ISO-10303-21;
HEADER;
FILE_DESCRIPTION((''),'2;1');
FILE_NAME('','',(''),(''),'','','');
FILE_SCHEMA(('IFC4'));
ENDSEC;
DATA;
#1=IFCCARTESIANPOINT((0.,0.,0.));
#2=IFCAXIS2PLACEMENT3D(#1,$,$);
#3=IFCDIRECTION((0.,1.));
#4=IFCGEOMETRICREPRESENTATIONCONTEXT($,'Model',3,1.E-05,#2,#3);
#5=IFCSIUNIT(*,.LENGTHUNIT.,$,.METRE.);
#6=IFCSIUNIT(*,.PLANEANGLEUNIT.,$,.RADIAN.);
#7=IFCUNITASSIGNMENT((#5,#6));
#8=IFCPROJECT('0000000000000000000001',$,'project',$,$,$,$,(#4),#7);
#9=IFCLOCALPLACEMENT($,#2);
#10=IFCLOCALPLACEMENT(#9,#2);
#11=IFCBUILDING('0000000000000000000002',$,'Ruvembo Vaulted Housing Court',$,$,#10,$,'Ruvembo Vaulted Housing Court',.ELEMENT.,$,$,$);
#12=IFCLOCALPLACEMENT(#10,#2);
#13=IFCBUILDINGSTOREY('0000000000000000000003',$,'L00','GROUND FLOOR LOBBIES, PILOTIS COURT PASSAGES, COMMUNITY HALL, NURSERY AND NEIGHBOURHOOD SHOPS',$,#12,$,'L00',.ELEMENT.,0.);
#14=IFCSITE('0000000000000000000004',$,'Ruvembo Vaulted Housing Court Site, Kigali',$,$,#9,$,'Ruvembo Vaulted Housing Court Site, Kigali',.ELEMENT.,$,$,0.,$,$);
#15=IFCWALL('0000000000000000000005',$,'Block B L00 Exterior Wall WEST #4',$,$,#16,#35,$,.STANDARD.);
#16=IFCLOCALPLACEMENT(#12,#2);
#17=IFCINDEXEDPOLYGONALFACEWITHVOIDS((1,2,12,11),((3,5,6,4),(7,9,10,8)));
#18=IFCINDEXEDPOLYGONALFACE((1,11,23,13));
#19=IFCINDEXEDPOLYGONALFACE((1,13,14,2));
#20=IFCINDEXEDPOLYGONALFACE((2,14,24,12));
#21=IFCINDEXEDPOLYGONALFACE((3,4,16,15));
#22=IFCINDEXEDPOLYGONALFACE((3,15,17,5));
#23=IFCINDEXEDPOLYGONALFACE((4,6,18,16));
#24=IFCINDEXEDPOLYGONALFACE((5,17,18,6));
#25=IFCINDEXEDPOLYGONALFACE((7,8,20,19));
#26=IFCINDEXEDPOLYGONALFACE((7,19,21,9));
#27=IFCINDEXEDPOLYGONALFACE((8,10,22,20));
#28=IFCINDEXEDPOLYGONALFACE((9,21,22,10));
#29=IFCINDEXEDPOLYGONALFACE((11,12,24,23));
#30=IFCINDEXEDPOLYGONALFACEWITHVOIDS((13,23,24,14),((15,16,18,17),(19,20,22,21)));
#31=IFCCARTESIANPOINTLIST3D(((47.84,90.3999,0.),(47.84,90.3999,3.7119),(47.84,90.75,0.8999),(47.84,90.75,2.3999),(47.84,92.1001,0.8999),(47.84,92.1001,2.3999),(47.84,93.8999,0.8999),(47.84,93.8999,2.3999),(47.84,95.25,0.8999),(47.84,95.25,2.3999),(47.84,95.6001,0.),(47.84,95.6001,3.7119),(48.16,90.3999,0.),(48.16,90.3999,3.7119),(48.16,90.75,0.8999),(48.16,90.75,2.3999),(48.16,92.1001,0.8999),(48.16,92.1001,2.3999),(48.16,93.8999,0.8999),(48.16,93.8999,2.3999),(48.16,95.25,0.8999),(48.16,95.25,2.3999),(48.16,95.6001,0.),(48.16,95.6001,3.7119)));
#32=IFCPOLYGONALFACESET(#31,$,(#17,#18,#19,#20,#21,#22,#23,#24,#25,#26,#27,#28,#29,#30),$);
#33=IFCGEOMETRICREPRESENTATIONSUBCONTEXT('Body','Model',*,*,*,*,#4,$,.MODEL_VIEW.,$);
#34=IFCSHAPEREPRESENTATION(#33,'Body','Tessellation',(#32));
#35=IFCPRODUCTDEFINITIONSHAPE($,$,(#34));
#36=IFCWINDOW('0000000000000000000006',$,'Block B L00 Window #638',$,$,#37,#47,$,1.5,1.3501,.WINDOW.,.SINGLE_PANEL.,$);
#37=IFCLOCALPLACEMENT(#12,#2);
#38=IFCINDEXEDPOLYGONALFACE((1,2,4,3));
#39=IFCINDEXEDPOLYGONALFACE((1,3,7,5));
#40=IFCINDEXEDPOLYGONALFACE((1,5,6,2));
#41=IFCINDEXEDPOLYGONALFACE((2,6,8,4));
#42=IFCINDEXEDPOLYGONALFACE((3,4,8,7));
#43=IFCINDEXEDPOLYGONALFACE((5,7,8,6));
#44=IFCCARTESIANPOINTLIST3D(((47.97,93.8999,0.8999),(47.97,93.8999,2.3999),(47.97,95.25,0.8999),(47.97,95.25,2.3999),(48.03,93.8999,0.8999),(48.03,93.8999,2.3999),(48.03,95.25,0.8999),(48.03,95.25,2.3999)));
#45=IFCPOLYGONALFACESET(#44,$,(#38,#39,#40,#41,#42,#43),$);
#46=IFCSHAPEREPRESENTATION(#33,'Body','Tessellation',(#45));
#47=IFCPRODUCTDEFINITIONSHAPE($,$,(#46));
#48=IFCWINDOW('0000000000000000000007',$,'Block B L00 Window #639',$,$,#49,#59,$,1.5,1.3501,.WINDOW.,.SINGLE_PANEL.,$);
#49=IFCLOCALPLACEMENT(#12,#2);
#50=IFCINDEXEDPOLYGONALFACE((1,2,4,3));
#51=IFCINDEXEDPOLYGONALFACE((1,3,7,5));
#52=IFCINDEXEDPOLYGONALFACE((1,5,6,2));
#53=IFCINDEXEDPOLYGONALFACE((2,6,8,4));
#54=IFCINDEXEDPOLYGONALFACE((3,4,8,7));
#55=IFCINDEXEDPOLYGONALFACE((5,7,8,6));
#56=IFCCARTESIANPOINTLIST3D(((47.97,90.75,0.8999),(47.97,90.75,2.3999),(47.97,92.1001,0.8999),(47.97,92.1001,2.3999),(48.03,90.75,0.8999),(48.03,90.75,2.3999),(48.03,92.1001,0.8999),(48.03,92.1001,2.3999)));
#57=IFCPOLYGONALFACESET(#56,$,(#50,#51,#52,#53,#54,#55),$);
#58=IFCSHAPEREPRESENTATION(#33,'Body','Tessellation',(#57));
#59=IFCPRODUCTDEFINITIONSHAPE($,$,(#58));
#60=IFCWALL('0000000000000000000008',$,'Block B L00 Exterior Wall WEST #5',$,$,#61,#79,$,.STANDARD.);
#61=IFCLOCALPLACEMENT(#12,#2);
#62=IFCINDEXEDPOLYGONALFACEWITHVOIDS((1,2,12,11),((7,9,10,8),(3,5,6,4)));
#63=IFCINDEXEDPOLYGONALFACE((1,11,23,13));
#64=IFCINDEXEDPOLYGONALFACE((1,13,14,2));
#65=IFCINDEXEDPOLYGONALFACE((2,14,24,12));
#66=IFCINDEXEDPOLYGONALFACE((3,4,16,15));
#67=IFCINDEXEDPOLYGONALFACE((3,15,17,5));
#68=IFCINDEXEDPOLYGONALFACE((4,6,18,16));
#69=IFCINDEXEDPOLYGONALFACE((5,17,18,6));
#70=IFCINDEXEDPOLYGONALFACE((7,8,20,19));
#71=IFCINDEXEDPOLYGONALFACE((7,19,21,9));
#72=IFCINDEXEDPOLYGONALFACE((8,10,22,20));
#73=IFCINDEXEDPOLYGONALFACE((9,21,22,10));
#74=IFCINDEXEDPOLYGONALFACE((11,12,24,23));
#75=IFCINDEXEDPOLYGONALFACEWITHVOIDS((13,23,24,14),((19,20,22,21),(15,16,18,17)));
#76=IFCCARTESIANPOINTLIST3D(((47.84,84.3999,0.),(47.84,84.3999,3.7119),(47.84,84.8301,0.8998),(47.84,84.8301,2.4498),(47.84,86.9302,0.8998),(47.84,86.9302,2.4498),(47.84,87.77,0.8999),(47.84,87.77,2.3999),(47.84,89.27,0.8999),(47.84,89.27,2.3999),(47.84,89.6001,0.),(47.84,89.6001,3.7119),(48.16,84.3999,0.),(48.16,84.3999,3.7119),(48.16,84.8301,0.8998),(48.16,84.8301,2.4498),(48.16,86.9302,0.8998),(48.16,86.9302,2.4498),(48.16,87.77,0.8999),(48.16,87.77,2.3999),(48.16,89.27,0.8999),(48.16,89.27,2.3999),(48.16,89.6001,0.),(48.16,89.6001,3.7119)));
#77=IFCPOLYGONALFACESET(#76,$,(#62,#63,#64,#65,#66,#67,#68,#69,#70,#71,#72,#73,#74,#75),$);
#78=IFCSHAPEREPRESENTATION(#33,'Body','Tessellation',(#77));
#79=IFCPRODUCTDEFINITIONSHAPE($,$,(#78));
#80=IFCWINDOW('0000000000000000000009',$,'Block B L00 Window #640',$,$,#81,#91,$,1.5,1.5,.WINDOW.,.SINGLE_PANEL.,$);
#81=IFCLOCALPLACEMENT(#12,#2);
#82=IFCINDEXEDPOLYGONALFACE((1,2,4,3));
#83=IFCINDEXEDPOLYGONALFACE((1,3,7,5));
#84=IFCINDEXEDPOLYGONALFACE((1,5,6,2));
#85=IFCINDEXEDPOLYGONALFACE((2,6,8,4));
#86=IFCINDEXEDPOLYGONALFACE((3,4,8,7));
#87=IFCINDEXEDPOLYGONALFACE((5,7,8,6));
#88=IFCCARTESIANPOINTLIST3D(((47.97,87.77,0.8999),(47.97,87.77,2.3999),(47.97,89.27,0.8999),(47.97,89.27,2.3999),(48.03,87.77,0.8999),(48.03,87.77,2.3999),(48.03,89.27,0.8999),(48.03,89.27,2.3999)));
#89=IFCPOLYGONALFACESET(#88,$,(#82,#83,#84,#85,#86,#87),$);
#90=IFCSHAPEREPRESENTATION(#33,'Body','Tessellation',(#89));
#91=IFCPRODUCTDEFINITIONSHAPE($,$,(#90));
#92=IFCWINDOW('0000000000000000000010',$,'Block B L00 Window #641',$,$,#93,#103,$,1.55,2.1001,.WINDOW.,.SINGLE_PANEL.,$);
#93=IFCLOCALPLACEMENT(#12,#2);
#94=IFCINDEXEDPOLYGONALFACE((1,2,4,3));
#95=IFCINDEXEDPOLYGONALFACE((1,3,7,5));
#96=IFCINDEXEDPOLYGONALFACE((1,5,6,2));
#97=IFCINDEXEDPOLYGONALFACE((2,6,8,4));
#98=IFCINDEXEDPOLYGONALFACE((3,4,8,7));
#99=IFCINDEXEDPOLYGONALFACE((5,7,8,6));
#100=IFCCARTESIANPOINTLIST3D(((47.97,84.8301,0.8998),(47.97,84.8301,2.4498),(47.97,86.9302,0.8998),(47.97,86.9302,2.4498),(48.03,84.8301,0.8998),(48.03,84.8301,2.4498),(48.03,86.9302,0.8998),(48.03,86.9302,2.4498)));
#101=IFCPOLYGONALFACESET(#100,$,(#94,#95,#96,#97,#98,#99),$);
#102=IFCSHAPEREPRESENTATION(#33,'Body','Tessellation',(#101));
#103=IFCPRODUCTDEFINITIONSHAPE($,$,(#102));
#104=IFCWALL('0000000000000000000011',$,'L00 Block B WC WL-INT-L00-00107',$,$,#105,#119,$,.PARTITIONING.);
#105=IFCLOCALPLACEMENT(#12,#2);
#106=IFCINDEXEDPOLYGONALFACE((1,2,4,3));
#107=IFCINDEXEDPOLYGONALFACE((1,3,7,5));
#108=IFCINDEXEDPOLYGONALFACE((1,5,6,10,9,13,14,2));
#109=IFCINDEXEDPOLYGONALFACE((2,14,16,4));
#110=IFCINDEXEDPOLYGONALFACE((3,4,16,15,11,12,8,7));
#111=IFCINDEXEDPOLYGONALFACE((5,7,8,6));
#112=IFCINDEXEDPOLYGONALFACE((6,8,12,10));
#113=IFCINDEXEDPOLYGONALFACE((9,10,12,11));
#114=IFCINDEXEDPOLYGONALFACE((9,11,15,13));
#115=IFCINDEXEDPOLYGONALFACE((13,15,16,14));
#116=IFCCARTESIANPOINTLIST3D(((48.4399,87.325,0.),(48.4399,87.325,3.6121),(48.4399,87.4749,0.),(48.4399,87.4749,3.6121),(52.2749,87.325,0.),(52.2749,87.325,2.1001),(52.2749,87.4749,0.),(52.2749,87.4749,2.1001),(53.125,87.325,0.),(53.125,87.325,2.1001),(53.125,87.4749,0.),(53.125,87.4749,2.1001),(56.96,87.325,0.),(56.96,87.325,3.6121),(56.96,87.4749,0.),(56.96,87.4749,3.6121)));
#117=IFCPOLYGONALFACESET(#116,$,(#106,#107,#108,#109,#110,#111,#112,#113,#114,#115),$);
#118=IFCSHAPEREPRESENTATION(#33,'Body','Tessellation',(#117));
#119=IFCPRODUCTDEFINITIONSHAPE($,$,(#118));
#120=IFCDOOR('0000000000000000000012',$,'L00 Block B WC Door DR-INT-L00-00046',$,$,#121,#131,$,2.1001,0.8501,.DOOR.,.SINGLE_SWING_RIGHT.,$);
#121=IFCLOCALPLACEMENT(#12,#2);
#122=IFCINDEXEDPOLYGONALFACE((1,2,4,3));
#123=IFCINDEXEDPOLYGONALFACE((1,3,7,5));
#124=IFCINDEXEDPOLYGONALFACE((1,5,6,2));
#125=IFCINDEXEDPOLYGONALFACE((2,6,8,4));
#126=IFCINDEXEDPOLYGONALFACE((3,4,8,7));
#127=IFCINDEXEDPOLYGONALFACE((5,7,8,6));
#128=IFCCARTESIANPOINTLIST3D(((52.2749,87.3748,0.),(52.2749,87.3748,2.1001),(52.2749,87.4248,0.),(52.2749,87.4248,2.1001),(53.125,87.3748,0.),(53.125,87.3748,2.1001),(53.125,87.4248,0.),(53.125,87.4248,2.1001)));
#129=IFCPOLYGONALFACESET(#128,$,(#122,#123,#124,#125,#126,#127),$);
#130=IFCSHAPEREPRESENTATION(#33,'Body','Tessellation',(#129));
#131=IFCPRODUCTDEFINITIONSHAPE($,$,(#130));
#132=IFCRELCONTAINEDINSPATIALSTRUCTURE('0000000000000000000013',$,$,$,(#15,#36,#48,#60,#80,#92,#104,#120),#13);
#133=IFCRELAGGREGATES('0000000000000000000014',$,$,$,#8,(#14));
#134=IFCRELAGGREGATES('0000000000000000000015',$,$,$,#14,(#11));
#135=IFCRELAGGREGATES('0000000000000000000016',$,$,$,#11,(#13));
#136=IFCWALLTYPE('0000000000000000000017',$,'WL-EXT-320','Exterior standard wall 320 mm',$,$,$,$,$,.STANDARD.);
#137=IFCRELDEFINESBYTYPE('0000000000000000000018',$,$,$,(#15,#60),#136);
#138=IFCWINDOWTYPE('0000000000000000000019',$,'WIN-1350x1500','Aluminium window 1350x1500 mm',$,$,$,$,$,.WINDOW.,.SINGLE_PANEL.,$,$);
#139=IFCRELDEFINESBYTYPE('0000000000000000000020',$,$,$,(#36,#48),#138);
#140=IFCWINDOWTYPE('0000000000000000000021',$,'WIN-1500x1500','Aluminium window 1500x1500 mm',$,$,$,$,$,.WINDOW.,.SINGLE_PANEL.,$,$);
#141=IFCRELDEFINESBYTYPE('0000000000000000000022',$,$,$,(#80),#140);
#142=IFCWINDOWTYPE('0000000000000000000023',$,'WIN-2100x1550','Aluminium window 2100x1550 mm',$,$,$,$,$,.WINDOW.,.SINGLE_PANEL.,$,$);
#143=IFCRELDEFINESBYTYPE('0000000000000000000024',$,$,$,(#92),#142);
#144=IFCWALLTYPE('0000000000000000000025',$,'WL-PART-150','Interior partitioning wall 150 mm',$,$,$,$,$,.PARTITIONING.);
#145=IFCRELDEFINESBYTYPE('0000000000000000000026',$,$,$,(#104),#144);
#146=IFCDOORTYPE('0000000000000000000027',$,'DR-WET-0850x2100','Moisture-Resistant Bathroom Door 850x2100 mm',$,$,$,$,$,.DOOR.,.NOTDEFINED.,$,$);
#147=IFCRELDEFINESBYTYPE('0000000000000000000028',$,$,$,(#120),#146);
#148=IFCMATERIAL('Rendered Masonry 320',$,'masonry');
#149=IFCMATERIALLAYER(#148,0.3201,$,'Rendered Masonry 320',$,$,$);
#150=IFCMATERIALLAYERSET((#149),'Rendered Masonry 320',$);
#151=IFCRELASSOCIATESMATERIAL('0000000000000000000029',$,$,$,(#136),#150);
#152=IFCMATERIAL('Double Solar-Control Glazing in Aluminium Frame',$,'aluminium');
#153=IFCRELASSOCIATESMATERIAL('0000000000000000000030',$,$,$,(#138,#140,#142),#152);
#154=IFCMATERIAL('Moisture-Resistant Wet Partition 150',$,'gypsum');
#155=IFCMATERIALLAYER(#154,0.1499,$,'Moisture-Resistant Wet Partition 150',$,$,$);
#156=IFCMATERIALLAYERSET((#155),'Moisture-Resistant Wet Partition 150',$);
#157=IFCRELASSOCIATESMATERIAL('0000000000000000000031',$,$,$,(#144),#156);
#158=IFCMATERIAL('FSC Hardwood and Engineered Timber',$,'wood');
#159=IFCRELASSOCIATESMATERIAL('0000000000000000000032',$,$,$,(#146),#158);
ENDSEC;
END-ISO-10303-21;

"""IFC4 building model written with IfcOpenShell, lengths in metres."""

from ifc_helpers import new_model, si_unit, direction, frame, frame_2d, origin, place, context, subcontext, project, spatial, rectangle, extrude, material, layer, layer_set, type_object, element, fill, save


model = new_model("IFC4")

# Units and contexts
model_context = context("Model", 3, precision=1e-05, world=origin(), true_north=direction((0.0, 1.0)))
body_context = subcontext(model_context, "Body", "Model", "MODEL_VIEW")
ifc_project = project(units=[si_unit("LENGTHUNIT", "METRE"), si_unit("PLANEANGLEUNIT", "RADIAN")], contexts=[model_context])

# Site, building, storey
site_placement = place(None, origin())
site = spatial("IfcSite", under=ifc_project, at=site_placement, Name="Ruvembo Vaulted Housing Court Site, Kigali", LongName="Ruvembo Vaulted Housing Court Site, Kigali", CompositionType="ELEMENT", RefElevation=0.0)
building_placement = place(site_placement, origin())
building = spatial("IfcBuilding", under=site, at=building_placement, Name="Ruvembo Vaulted Housing Court", LongName="Ruvembo Vaulted Housing Court", CompositionType="ELEMENT")
storey_placement = place(building_placement, origin())
storey = spatial("IfcBuildingStorey", under=building, at=storey_placement, Name="L00", Description="GROUND FLOOR LOBBIES, PILOTIS COURT PASSAGES, COMMUNITY HALL, NURSERY AND NEIGHBOURHOOD SHOPS", LongName="L00", CompositionType="ELEMENT", Elevation=0.0)

# Shared definitions
ifc_material_1 = material(Name="Double Solar-Control Glazing in Aluminium Frame", Category="aluminium")

# Walls, openings, windows
ifc_material_2 = material(Name="Rendered Masonry 320", Category="masonry")
ifc_layer_1 = layer(ifc_material_2, 0.3201, Name="Rendered Masonry 320")
ifc_layer_set_1 = layer_set([ifc_layer_1], Name="Rendered Masonry 320")
wall_type_1 = type_object("IfcWallType", Name="WL-EXT-320", Description="Exterior standard wall 320 mm", PredefinedType="STANDARD", material=ifc_layer_set_1)
wall_1_placement = place(storey_placement, frame((48.0, 95.6001, 0.0), z_axis=(0.0, 0.0, 1.0), x_axis=(0.0, -1.0, 0.0)))
wall_1 = element("IfcWall", 1, at=wall_1_placement, inside=storey, type_object=wall_type_1, Name="Block B L00 Exterior Wall WEST #4", PredefinedType="STANDARD", context=body_context, shape_type="SweptSolid", body=[
    extrude(rectangle(XDim=5.2002, YDim=0.3201, at=frame_2d((2.6001, 0.0))), origin(), (0.0, 0.0, 1.0), 3.7119),
])
opening_1_placement = place(wall_1_placement, frame((0.3501, 0.0, 0.8999)))
opening_1 = element("IfcOpeningElement", 2, at=opening_1_placement, cuts=wall_1, PredefinedType="OPENING", context=body_context, shape_type="SweptSolid", body=[
    extrude(rectangle(XDim=1.3501, YDim=1.5, at=frame_2d((0.675, 0.75))), frame((0.0, 0.1699, 0.0), z_axis=(0.0, -1.0, 0.0), x_axis=(1.0, 0.0, 0.0)), (0.0, 0.0, 1.0), 0.3401),
])
opening_2_placement = place(wall_1_placement, frame((3.5, 0.0, 0.8999)))
opening_2 = element("IfcOpeningElement", 3, at=opening_2_placement, cuts=wall_1, PredefinedType="OPENING", context=body_context, shape_type="SweptSolid", body=[
    extrude(rectangle(XDim=1.3501, YDim=1.5, at=frame_2d((0.675, 0.75))), frame((0.0, 0.1699, 0.0), z_axis=(0.0, -1.0, 0.0), x_axis=(1.0, 0.0, 0.0)), (0.0, 0.0, 1.0), 0.3401),
])
window_type_1 = type_object("IfcWindowType", Name="WIN-1350x1500", Description="Aluminium window 1350x1500 mm", PartitioningType="SINGLE_PANEL", PredefinedType="WINDOW", material=ifc_material_1)
window_1_placement = place(opening_1_placement, origin())
window_1 = element("IfcWindow", 4, at=window_1_placement, inside=storey, type_object=window_type_1, Name="Block B L00 Window #638", OverallHeight=1.5, OverallWidth=1.3501, PartitioningType="SINGLE_PANEL", PredefinedType="WINDOW", context=body_context, shape_type="SweptSolid", body=[
    extrude(rectangle(XDim=1.3501, YDim=1.5, at=frame_2d((0.675, 0.75))), frame((0.0, 0.03, 0.0), z_axis=(0.0, -1.0, 0.0), x_axis=(1.0, 0.0, 0.0)), (0.0, 0.0, 1.0), 0.0601),
])
fill(opening_1, window_1)
window_2_placement = place(opening_2_placement, origin())
window_2 = element("IfcWindow", 5, at=window_2_placement, inside=storey, type_object=window_type_1, Name="Block B L00 Window #639", OverallHeight=1.5, OverallWidth=1.3501, PartitioningType="SINGLE_PANEL", PredefinedType="WINDOW", context=body_context, shape_type="SweptSolid", body=[
    extrude(rectangle(XDim=1.3501, YDim=1.5, at=frame_2d((0.675, 0.75))), frame((0.0, 0.03, 0.0), z_axis=(0.0, -1.0, 0.0), x_axis=(1.0, 0.0, 0.0)), (0.0, 0.0, 1.0), 0.0601),
])
fill(opening_2, window_2)
wall_2_placement = place(storey_placement, frame((48.0, 89.6001, 0.0), z_axis=(0.0, 0.0, 1.0), x_axis=(0.0, -1.0, 0.0)))
wall_2 = element("IfcWall", 6, at=wall_2_placement, inside=storey, type_object=wall_type_1, Name="Block B L00 Exterior Wall WEST #5", PredefinedType="STANDARD", context=body_context, shape_type="SweptSolid", body=[
    extrude(rectangle(XDim=5.2002, YDim=0.3201, at=frame_2d((2.6001, 0.0))), origin(), (0.0, 0.0, 1.0), 3.7119),
])
opening_3_placement = place(wall_2_placement, frame((0.3301, 0.0, 0.8999)))
opening_3 = element("IfcOpeningElement", 7, at=opening_3_placement, cuts=wall_2, PredefinedType="OPENING", context=body_context, shape_type="SweptSolid", body=[
    extrude(rectangle(XDim=1.5, YDim=1.5, at=frame_2d((0.75, 0.75))), frame((0.0, 0.1699, 0.0), z_axis=(0.0, -1.0, 0.0), x_axis=(1.0, 0.0, 0.0)), (0.0, 0.0, 1.0), 0.3401),
])
opening_4_placement = place(wall_2_placement, frame((2.6699, 0.0, 0.8999)))
opening_4 = element("IfcOpeningElement", 8, at=opening_4_placement, cuts=wall_2, PredefinedType="OPENING", context=body_context, shape_type="SweptSolid", body=[
    extrude(rectangle(XDim=2.1001, YDim=1.55, at=frame_2d((1.05, 0.7749))), frame((0.0, 0.1699, 0.0), z_axis=(0.0, -1.0, 0.0), x_axis=(1.0, 0.0, 0.0)), (0.0, 0.0, 1.0), 0.3401),
])
window_type_2 = type_object("IfcWindowType", Name="WIN-1500x1500", Description="Aluminium window 1500x1500 mm", PartitioningType="SINGLE_PANEL", PredefinedType="WINDOW", material=ifc_material_1)
window_3_placement = place(opening_3_placement, origin())
window_3 = element("IfcWindow", 9, at=window_3_placement, inside=storey, type_object=window_type_2, Name="Block B L00 Window #640", OverallHeight=1.5, OverallWidth=1.5, PartitioningType="SINGLE_PANEL", PredefinedType="WINDOW", context=body_context, shape_type="SweptSolid", body=[
    extrude(rectangle(XDim=1.5, YDim=1.5, at=frame_2d((0.75, 0.75))), frame((0.0, 0.03, 0.0), z_axis=(0.0, -1.0, 0.0), x_axis=(1.0, 0.0, 0.0)), (0.0, 0.0, 1.0), 0.0601),
])
fill(opening_3, window_3)
window_type_3 = type_object("IfcWindowType", Name="WIN-2100x1550", Description="Aluminium window 2100x1550 mm", PartitioningType="SINGLE_PANEL", PredefinedType="WINDOW", material=ifc_material_1)
window_4_placement = place(opening_4_placement, origin())
window_4 = element("IfcWindow", 10, at=window_4_placement, inside=storey, type_object=window_type_3, Name="Block B L00 Window #641", OverallHeight=1.55, OverallWidth=2.1001, PartitioningType="SINGLE_PANEL", PredefinedType="WINDOW", context=body_context, shape_type="SweptSolid", body=[
    extrude(rectangle(XDim=2.1001, YDim=1.55, at=frame_2d((1.05, 0.7749))), frame((0.0, 0.03, 0.0), z_axis=(0.0, -1.0, 0.0), x_axis=(1.0, 0.0, 0.0)), (0.0, 0.0, 1.0), 0.0601),
])
fill(opening_4, window_4)

# Wall, opening, door
ifc_material_3 = material(Name="Moisture-Resistant Wet Partition 150", Category="gypsum")
ifc_layer_2 = layer(ifc_material_3, 0.1499, Name="Moisture-Resistant Wet Partition 150")
ifc_layer_set_2 = layer_set([ifc_layer_2], Name="Moisture-Resistant Wet Partition 150")
wall_type_2 = type_object("IfcWallType", Name="WL-PART-150", Description="Interior partitioning wall 150 mm", PredefinedType="PARTITIONING", material=ifc_layer_set_2)
wall_3_placement = place(storey_placement, frame((48.4399, 87.3999, 0.0), z_axis=(0.0, 0.0, 1.0), x_axis=(1.0, 0.0, 0.0)))
wall_3 = element("IfcWall", 11, at=wall_3_placement, inside=storey, type_object=wall_type_2, Name="L00 Block B WC WL-INT-L00-00107", PredefinedType="PARTITIONING", context=body_context, shape_type="SweptSolid", body=[
    extrude(rectangle(XDim=8.52, YDim=0.1499, at=frame_2d((4.26, 0.0))), origin(), (0.0, 0.0, 1.0), 3.6121),
])
opening_5_placement = place(wall_3_placement, frame((3.835, 0.0, 0.0)))
opening_5 = element("IfcOpeningElement", 12, at=opening_5_placement, cuts=wall_3, PredefinedType="OPENING", context=body_context, shape_type="SweptSolid", body=[
    extrude(rectangle(XDim=0.8501, YDim=2.1001, at=frame_2d((0.425, 1.05))), frame((0.0, 0.085, 0.0), z_axis=(0.0, -1.0, 0.0), x_axis=(1.0, 0.0, 0.0)), (0.0, 0.0, 1.0), 0.1699),
])
ifc_material_4 = material(Name="FSC Hardwood and Engineered Timber", Category="wood")
door_type_1 = type_object("IfcDoorType", Name="DR-WET-0850x2100", Description="Moisture-Resistant Bathroom Door 850x2100 mm", OperationType="NOTDEFINED", PredefinedType="DOOR", material=ifc_material_4)
door_1_placement = place(opening_5_placement, origin())
door_1 = element("IfcDoor", 13, at=door_1_placement, inside=storey, type_object=door_type_1, Name="L00 Block B WC Door DR-INT-L00-00046", OperationType="SINGLE_SWING_RIGHT", OverallHeight=2.1001, OverallWidth=0.8501, PredefinedType="DOOR", context=body_context, shape_type="SweptSolid", body=[
    extrude(rectangle(XDim=0.8501, YDim=2.1001, at=frame_2d((0.425, 1.05))), frame((0.0, 0.0249, 0.0), z_axis=(0.0, -1.0, 0.0), x_axis=(1.0, 0.0, 0.0)), (0.0, 0.0, 1.0), 0.05),
])
fill(opening_5, door_1)

save(model, "model.ifc")
